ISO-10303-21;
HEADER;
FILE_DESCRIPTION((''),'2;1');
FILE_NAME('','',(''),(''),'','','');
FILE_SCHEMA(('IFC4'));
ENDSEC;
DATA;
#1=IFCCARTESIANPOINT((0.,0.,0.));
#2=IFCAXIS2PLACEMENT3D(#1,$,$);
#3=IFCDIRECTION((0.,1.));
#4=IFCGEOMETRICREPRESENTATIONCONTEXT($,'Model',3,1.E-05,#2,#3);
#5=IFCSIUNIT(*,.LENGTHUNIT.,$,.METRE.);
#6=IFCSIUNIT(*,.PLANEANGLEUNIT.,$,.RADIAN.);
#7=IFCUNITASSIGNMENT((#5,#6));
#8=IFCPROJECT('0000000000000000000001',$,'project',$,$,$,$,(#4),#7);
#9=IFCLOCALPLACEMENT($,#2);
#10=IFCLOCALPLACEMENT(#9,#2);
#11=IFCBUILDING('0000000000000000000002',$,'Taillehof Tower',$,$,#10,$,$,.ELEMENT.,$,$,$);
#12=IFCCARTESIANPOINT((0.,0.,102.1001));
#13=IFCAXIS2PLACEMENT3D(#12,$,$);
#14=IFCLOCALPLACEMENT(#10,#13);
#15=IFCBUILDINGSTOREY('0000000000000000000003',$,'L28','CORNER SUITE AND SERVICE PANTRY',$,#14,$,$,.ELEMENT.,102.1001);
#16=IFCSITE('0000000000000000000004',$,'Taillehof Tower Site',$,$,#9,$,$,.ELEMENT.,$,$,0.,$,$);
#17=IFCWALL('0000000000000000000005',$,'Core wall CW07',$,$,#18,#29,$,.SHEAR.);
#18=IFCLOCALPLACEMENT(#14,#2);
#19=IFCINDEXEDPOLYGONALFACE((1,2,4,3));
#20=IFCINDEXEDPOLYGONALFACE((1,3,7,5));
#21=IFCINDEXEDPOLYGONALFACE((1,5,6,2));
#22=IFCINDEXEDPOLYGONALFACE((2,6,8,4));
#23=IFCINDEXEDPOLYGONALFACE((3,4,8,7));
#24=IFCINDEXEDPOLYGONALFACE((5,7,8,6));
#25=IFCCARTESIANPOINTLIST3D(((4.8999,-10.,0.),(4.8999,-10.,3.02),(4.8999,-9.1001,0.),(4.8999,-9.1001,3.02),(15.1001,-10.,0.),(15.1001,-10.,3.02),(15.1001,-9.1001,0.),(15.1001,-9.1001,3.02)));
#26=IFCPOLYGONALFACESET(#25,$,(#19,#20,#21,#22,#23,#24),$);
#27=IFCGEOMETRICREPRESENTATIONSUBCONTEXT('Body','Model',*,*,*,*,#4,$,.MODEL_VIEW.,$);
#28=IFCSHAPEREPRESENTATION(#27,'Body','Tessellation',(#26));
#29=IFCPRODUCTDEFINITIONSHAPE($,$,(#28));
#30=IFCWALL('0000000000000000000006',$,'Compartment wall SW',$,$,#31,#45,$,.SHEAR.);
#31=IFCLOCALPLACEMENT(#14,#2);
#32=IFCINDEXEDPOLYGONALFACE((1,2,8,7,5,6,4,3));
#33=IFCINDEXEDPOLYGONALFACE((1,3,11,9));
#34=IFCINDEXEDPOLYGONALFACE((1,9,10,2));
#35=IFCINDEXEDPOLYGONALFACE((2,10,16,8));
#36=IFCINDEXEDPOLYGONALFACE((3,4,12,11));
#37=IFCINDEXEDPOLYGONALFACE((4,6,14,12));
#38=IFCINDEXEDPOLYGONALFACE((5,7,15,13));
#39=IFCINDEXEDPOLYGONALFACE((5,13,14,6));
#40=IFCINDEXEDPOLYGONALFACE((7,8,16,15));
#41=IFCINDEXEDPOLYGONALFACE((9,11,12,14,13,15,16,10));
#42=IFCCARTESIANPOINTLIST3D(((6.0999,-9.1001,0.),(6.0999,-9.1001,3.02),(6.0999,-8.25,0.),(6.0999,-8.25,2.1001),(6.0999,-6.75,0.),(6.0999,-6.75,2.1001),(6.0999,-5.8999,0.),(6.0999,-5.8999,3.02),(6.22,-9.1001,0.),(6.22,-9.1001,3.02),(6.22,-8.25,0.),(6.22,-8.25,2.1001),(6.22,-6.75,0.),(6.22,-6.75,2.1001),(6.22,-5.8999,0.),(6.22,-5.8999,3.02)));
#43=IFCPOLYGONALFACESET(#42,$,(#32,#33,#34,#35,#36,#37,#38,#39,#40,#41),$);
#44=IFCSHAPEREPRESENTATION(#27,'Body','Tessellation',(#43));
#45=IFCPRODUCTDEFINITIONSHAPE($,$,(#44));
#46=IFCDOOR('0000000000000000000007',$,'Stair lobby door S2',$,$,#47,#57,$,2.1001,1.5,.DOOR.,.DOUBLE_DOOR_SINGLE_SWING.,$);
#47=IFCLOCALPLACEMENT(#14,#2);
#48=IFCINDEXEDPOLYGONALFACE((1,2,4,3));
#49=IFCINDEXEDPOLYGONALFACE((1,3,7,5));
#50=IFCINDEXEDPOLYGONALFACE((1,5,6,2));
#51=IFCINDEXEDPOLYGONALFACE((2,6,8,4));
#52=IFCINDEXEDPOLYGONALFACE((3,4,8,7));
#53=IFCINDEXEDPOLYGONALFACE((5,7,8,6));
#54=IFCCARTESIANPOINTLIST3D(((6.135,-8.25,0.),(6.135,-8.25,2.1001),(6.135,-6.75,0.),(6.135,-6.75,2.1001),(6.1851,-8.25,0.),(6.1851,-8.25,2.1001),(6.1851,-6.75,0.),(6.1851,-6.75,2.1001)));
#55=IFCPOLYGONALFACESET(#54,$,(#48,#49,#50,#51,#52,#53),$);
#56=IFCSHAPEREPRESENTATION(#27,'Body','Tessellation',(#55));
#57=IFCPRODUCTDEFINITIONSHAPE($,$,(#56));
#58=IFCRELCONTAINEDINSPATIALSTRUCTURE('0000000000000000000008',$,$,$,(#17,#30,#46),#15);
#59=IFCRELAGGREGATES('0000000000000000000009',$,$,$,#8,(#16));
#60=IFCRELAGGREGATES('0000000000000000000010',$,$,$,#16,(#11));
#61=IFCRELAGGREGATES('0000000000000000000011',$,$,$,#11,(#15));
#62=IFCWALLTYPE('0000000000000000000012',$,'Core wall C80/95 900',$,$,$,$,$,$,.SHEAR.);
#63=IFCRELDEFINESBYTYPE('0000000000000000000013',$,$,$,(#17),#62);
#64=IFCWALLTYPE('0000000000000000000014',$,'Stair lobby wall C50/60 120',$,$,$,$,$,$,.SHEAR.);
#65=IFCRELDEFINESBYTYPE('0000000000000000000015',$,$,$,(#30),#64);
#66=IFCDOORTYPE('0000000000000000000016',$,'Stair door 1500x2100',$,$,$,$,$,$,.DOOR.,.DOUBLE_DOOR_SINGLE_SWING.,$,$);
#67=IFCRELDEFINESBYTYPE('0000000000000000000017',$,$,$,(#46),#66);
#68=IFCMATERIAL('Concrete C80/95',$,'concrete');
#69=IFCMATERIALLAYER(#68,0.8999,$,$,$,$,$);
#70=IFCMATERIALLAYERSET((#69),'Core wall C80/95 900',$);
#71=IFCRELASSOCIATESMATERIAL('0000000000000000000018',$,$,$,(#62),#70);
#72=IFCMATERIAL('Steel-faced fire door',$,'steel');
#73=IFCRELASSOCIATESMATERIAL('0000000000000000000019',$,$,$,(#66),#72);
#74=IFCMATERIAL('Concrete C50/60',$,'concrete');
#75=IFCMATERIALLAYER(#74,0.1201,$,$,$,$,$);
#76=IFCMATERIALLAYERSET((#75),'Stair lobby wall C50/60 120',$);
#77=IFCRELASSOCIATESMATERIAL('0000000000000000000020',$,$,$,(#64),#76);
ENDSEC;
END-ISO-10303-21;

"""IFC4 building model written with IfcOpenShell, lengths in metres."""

from ifc_helpers import new_model, si_unit, direction, frame, frame_2d, origin, place, context, subcontext, project, spatial, rectangle, extrude, material, layer, layer_set, type_object, element, fill, save


model = new_model("IFC4")

# Units and contexts
model_context = context("Model", 3, precision=1e-05, world=origin(), true_north=direction((0.0, 1.0)))
body_context = subcontext(model_context, "Body", "Model", "MODEL_VIEW")
ifc_project = project(units=[si_unit("LENGTHUNIT", "METRE"), si_unit("PLANEANGLEUNIT", "RADIAN")], contexts=[model_context])

# Site, building, storey
site_placement = place(None, origin())
site = spatial("IfcSite", under=ifc_project, at=site_placement, Name="Taillehof Tower Site", CompositionType="ELEMENT", RefElevation=0.0)
building_placement = place(site_placement, origin())
building = spatial("IfcBuilding", under=site, at=building_placement, Name="Taillehof Tower", CompositionType="ELEMENT")
storey_placement = place(building_placement, frame((0.0, 0.0, 102.1001)))
storey = spatial("IfcBuildingStorey", under=building, at=storey_placement, Name="L28", Description="CORNER SUITE AND SERVICE PANTRY", CompositionType="ELEMENT", Elevation=102.1001)

# Shared definitions
ifc_material_1 = material(Name="Concrete C80/95", Category="concrete")
ifc_layer_1 = layer(ifc_material_1, 0.8999)
ifc_layer_set_1 = layer_set([ifc_layer_1], Name="Core wall C80/95 900")
wall_type_1 = type_object("IfcWallType", Name="Core wall C80/95 900", PredefinedType="SHEAR", material=ifc_layer_set_1)
ifc_material_2 = material(Name="Steel-faced fire door", Category="steel")
door_type_1 = type_object("IfcDoorType", Name="Stair door 1500x2100", OperationType="DOUBLE_DOOR_SINGLE_SWING", PredefinedType="DOOR", material=ifc_material_2)

# Wall
wall_1_placement = place(storey_placement, frame((4.8999, -9.55, 0.0), z_axis=(0.0, 0.0, 1.0), x_axis=(1.0, 0.0, 0.0)))
element("IfcWall", 1, at=wall_1_placement, inside=storey, type_object=wall_type_1, Name="Core wall CW07", PredefinedType="SHEAR", context=body_context, shape_type="SweptSolid", body=[
    extrude(rectangle(XDim=10.2002, YDim=0.8999, at=frame_2d((5.1001, 0.0))), origin(), (0.0, 0.0, 1.0), 3.02),
])

# Wall, opening, door
ifc_material_3 = material(Name="Concrete C50/60", Category="concrete")
ifc_layer_2 = layer(ifc_material_3, 0.1201)
ifc_layer_set_2 = layer_set([ifc_layer_2], Name="Stair lobby wall C50/60 120")
wall_type_2 = type_object("IfcWallType", Name="Stair lobby wall C50/60 120", PredefinedType="SHEAR", material=ifc_layer_set_2)
wall_2_placement = place(storey_placement, frame((6.1599, -9.1001, 0.0), z_axis=(0.0, 0.0, 1.0), x_axis=(0.0, 1.0, 0.0)))
wall_2 = element("IfcWall", 2, at=wall_2_placement, inside=storey, type_object=wall_type_2, Name="Compartment wall SW", PredefinedType="SHEAR", context=body_context, shape_type="SweptSolid", body=[
    extrude(rectangle(XDim=3.2002, YDim=0.1201, at=frame_2d((1.6001, 0.0))), origin(), (0.0, 0.0, 1.0), 3.02),
])
opening_1_placement = place(wall_2_placement, frame((0.8501, 0.0, 0.0)))
opening_1 = element("IfcOpeningElement", 3, at=opening_1_placement, cuts=wall_2, PredefinedType="OPENING", context=body_context, shape_type="SweptSolid", body=[
    extrude(rectangle(XDim=1.5, YDim=2.1001, at=frame_2d((0.75, 1.05))), frame((0.0, 0.0701, 0.0), z_axis=(0.0, -1.0, 0.0), x_axis=(1.0, 0.0, 0.0)), (0.0, 0.0, 1.0), 0.1401),
])
door_1_placement = place(opening_1_placement, origin())
door_1 = element("IfcDoor", 4, at=door_1_placement, inside=storey, type_object=door_type_1, Name="Stair lobby door S2", OperationType="DOUBLE_DOOR_SINGLE_SWING", OverallHeight=2.1001, OverallWidth=1.5, PredefinedType="DOOR", context=body_context, shape_type="SweptSolid", body=[
    extrude(rectangle(XDim=1.5, YDim=2.1001, at=frame_2d((0.75, 1.05))), frame((0.0, 0.0249, 0.0), z_axis=(0.0, -1.0, 0.0), x_axis=(1.0, 0.0, 0.0)), (0.0, 0.0, 1.0), 0.05),
])
fill(opening_1, door_1)

save(model, "model.ifc")
